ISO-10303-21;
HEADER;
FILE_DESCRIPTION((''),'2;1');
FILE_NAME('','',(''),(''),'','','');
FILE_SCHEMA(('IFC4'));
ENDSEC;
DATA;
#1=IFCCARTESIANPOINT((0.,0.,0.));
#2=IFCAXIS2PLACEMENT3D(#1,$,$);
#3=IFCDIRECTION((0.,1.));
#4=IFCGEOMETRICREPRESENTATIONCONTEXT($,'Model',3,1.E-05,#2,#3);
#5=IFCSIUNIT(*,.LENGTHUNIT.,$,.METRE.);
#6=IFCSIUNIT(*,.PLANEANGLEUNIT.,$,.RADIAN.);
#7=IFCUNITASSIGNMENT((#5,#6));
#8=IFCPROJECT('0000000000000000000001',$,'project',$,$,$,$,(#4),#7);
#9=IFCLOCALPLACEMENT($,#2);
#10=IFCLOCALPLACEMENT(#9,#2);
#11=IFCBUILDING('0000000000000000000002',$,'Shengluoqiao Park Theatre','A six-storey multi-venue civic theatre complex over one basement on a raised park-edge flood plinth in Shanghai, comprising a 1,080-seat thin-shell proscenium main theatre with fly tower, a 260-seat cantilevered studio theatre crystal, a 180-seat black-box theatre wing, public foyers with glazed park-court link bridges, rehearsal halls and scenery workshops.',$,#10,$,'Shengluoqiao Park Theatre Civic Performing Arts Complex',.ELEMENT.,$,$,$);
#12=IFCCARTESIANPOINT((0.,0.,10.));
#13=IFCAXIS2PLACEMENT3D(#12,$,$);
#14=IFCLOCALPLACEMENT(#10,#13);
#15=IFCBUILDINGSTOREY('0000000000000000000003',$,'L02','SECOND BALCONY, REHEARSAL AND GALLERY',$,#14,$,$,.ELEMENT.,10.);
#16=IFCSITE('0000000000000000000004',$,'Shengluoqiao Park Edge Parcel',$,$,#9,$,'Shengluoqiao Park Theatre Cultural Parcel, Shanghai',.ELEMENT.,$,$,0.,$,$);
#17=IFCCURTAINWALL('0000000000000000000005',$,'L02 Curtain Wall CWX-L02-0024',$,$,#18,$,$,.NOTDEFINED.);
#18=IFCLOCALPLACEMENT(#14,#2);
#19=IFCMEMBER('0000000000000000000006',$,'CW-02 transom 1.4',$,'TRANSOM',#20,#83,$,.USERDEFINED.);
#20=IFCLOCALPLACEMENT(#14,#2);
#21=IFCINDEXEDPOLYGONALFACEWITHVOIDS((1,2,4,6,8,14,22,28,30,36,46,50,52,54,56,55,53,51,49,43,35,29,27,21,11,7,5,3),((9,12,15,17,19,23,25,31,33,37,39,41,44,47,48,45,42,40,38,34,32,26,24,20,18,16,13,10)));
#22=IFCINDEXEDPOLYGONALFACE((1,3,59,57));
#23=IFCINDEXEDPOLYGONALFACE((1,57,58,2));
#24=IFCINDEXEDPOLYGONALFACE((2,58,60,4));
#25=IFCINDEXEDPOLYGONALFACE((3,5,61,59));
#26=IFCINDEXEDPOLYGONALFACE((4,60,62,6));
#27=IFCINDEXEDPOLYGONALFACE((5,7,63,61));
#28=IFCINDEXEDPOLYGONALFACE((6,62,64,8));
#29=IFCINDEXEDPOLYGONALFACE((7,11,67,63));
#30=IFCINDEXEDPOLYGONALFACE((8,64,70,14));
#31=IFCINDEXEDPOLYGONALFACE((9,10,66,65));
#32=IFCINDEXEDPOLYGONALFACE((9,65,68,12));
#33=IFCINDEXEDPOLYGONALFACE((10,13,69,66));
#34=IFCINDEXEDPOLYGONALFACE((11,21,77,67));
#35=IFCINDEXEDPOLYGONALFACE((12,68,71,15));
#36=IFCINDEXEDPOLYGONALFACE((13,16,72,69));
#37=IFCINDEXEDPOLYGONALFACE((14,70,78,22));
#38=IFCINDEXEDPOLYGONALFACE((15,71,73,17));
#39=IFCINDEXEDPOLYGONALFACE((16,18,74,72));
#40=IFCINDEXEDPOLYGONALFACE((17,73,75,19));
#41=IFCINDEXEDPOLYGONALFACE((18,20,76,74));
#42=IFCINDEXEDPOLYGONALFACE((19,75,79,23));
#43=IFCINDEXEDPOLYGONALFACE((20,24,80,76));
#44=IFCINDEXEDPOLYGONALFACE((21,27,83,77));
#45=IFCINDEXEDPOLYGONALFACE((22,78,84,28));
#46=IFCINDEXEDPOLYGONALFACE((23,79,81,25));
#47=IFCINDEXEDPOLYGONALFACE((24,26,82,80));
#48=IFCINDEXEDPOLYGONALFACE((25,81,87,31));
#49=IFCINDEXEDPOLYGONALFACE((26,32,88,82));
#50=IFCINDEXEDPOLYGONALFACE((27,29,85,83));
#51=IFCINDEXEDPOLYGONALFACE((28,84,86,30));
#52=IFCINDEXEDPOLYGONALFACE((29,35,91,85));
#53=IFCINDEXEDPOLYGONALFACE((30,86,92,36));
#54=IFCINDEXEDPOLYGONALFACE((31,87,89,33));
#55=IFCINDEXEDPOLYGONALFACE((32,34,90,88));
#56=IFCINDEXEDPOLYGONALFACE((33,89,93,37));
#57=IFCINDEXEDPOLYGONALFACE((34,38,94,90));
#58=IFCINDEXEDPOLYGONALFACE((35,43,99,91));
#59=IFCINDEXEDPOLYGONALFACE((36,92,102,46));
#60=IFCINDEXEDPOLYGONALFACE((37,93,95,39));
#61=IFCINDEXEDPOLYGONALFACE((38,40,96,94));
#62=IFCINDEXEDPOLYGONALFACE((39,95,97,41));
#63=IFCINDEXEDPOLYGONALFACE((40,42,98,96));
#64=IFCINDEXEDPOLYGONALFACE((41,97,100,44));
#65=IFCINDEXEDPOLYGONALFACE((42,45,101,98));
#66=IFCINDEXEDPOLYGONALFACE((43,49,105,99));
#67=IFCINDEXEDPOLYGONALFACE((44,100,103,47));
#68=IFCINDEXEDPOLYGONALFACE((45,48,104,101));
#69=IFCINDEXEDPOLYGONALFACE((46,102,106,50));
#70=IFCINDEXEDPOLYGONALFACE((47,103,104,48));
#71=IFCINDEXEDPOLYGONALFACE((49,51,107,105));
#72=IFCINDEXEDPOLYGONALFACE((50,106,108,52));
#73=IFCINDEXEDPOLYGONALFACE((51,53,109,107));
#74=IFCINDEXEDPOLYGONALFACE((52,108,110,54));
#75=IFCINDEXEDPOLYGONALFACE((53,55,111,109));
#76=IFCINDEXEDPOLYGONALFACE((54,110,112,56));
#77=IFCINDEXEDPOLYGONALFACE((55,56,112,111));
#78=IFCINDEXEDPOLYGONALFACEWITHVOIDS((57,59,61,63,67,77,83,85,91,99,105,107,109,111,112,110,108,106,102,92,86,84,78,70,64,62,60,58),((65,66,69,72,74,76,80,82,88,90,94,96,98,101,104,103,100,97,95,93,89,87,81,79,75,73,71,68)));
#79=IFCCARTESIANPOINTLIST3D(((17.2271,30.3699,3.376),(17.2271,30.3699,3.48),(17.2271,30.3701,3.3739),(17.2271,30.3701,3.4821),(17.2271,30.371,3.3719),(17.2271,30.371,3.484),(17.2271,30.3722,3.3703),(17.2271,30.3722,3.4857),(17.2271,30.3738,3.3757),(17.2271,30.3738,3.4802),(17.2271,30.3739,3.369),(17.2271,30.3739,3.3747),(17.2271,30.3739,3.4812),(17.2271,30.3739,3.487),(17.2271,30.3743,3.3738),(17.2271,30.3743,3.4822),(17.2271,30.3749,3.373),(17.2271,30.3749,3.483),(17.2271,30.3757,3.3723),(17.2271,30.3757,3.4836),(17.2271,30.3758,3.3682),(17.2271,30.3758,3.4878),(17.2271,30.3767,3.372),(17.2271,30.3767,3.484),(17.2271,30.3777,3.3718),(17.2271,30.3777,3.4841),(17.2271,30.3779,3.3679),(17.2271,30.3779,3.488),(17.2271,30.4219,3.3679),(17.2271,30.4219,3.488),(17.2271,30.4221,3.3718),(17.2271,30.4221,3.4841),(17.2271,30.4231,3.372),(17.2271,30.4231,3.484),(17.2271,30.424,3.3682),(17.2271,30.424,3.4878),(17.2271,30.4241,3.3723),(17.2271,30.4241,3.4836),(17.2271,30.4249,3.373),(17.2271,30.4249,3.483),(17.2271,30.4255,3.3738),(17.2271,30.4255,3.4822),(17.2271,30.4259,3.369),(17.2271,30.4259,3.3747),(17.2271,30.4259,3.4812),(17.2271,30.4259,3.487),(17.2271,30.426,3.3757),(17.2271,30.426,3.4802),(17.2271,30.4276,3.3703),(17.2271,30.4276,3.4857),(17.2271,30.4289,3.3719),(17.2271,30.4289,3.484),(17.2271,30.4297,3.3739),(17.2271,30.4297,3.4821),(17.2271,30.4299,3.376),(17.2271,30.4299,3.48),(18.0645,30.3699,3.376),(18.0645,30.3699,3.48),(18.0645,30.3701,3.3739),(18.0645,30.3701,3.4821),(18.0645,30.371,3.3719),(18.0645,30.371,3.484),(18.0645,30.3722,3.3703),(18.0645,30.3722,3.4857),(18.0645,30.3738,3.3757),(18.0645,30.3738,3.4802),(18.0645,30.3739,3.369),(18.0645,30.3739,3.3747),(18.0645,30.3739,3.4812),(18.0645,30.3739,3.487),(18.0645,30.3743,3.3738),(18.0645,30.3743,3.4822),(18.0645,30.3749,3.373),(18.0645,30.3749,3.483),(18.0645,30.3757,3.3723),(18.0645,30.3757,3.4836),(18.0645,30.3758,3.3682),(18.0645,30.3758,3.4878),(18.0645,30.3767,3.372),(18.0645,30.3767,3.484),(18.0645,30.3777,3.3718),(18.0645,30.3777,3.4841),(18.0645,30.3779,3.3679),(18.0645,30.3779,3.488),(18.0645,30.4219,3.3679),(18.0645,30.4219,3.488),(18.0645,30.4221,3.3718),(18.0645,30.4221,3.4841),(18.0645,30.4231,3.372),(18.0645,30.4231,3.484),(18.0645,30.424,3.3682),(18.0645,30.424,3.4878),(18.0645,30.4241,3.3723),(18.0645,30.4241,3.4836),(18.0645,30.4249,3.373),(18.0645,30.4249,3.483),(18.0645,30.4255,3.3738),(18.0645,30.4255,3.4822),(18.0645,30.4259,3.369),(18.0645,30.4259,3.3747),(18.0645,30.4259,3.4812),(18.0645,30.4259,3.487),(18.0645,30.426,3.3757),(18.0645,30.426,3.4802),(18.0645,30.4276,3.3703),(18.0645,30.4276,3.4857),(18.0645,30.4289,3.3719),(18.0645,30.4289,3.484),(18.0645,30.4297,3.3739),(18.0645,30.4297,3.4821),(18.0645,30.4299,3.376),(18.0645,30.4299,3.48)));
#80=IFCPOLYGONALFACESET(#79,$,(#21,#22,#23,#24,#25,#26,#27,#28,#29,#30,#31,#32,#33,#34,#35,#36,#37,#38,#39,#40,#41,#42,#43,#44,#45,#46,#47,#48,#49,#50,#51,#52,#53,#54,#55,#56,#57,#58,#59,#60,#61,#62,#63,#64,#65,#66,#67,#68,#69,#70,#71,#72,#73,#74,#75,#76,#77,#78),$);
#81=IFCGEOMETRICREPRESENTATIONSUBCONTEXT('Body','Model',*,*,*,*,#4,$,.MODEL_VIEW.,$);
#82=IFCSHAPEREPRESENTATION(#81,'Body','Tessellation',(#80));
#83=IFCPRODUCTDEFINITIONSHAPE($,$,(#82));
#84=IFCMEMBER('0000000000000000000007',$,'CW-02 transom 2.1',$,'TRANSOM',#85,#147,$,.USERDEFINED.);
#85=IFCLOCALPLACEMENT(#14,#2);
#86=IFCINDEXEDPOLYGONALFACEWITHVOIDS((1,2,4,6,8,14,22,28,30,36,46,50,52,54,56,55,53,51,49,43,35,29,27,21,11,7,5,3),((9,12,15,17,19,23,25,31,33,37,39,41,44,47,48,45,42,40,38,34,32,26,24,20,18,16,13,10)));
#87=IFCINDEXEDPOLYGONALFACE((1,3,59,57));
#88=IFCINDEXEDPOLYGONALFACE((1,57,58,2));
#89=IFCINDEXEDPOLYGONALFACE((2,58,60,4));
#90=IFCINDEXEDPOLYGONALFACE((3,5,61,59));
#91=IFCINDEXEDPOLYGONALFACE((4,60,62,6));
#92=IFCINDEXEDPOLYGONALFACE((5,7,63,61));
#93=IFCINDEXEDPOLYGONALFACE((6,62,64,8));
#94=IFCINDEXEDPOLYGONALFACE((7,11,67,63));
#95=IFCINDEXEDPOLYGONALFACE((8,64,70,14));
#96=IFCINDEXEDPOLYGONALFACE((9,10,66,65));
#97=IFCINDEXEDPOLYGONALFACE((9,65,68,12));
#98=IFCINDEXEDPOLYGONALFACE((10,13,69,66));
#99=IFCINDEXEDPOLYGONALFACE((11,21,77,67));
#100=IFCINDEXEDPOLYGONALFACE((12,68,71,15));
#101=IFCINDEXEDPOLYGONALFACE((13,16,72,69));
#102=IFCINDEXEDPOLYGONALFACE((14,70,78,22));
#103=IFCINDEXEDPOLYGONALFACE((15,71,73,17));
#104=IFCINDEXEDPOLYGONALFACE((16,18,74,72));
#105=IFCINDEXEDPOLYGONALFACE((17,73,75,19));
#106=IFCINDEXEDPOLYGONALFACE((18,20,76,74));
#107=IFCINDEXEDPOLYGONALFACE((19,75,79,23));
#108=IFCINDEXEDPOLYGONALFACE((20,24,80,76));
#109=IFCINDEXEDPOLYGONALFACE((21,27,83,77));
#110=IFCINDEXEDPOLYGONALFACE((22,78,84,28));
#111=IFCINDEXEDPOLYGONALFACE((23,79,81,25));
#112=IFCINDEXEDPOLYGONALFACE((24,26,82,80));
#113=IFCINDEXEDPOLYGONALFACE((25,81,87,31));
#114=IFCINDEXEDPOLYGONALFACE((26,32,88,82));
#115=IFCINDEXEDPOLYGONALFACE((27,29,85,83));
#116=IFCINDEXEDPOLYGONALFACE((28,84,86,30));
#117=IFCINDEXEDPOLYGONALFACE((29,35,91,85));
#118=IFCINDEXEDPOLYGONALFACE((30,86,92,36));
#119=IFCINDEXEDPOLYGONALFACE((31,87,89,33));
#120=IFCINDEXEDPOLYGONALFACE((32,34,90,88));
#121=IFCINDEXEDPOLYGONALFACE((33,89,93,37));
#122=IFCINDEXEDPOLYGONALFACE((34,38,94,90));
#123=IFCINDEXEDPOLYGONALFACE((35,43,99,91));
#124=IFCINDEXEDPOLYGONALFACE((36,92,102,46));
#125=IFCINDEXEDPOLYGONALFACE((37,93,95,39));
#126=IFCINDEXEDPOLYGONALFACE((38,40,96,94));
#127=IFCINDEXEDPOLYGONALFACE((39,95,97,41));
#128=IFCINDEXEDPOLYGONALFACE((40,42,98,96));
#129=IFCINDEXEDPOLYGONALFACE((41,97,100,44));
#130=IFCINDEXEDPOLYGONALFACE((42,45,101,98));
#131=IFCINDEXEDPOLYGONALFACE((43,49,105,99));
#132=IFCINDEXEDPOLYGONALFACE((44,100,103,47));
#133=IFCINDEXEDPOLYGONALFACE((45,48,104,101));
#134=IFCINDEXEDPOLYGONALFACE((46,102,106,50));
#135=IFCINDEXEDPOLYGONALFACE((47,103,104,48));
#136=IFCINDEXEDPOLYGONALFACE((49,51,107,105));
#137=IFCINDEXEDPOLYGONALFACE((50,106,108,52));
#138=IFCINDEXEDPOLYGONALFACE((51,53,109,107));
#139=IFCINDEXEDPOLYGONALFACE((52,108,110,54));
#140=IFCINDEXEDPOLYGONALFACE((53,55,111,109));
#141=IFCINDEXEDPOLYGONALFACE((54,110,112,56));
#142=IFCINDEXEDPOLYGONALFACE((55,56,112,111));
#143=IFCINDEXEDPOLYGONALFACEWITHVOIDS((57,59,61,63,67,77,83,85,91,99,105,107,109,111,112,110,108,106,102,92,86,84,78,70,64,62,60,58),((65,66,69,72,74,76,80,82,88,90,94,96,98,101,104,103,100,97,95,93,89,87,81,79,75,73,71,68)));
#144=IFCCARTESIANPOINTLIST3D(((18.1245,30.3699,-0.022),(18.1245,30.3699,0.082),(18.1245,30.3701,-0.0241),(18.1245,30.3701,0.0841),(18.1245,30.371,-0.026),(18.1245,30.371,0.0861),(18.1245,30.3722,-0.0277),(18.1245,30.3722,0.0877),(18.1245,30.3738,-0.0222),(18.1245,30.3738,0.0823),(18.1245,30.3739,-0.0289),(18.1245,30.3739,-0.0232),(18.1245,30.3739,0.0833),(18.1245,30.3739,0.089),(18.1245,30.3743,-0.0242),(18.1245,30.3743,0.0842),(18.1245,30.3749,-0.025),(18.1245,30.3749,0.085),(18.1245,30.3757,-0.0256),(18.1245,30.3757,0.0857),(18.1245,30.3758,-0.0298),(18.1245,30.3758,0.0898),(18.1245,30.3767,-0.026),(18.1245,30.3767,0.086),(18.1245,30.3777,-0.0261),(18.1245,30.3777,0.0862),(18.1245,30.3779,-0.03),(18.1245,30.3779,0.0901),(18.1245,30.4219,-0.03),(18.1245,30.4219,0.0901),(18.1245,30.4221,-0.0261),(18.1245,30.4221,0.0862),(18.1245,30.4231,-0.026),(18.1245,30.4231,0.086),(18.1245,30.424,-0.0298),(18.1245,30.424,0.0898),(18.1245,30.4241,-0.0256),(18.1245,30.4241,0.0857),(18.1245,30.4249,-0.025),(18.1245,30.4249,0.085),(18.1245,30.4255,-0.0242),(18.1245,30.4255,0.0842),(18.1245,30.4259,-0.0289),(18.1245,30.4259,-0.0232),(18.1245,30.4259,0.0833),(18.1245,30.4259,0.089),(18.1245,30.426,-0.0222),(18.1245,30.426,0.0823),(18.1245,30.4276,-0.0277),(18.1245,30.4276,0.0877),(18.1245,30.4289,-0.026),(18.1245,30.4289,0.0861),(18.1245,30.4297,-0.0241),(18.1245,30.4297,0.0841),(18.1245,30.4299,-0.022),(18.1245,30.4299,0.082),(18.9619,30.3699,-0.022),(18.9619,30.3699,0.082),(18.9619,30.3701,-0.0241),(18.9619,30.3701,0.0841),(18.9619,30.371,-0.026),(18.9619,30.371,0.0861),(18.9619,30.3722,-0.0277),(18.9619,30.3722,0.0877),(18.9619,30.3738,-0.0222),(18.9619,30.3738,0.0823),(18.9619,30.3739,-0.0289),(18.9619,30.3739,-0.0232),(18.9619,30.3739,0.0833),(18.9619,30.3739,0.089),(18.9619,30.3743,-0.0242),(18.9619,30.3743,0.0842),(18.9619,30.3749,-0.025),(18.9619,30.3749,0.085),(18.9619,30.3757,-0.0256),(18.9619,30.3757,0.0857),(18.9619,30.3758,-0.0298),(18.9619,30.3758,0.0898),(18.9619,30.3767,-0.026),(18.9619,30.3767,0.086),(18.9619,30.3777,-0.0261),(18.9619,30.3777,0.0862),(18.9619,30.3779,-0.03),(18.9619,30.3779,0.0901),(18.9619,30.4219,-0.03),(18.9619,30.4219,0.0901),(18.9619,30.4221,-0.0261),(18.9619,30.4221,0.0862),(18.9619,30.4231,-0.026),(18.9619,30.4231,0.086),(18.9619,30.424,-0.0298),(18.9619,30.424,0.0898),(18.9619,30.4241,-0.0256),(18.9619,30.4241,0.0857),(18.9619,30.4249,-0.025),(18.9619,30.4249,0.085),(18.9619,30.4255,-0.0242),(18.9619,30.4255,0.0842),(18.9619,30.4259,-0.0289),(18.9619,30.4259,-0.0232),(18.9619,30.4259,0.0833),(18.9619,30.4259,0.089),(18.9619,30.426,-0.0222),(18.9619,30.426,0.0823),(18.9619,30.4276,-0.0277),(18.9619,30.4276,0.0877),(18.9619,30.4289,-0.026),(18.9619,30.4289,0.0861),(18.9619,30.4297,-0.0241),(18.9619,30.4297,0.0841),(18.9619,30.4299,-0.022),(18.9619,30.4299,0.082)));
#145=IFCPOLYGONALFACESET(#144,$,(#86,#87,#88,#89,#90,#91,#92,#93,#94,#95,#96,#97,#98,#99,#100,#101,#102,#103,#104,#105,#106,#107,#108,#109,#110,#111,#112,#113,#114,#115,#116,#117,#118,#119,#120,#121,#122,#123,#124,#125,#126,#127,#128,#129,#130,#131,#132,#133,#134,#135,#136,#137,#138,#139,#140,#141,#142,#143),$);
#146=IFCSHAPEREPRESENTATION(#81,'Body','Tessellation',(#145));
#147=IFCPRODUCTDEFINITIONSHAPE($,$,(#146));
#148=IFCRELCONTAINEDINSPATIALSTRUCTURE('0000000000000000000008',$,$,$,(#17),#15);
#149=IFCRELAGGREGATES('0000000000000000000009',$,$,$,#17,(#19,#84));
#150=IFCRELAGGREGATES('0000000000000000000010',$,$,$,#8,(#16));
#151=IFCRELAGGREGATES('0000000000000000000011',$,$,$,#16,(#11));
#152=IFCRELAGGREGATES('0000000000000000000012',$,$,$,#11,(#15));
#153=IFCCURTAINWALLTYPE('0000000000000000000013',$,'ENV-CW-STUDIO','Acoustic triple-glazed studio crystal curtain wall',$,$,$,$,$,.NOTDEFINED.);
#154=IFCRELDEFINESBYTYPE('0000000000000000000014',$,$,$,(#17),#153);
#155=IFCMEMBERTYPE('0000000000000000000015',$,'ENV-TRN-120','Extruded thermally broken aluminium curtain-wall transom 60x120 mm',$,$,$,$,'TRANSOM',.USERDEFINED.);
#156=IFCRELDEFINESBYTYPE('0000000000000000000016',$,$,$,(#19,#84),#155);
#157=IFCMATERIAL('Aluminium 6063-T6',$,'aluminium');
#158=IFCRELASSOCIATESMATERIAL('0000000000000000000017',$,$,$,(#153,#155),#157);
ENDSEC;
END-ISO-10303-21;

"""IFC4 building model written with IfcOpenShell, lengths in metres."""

from ifc_helpers import new_model, si_unit, direction, frame, origin, origin_2d, place, context, subcontext, project, spatial, hollow_rectangle, extrude, material, material_profile, profile_set, type_object, element, aggregate, save


model = new_model("IFC4")

# Units and contexts
model_context = context("Model", 3, precision=1e-05, world=origin(), true_north=direction((0.0, 1.0)))
body_context = subcontext(model_context, "Body", "Model", "MODEL_VIEW")
ifc_project = project(units=[si_unit("LENGTHUNIT", "METRE"), si_unit("PLANEANGLEUNIT", "RADIAN")], contexts=[model_context])

# Site, building, storey
site_placement = place(None, origin())
site = spatial("IfcSite", under=ifc_project, at=site_placement, Name="Shengluoqiao Park Edge Parcel", LongName="Shengluoqiao Park Theatre Cultural Parcel, Shanghai", CompositionType="ELEMENT", RefElevation=0.0)
building_placement = place(site_placement, origin())
building = spatial("IfcBuilding", under=site, at=building_placement, Name="Shengluoqiao Park Theatre", Description="A six-storey multi-venue civic theatre complex over one basement on a raised park-edge flood plinth in Shanghai, comprising a 1,080-seat thin-shell proscenium main theatre with fly tower, a 260-seat cantilevered studio theatre crystal, a 180-seat black-box theatre wing, public foyers with glazed park-court link bridges, rehearsal halls and scenery workshops.", LongName="Shengluoqiao Park Theatre Civic Performing Arts Complex", CompositionType="ELEMENT")
storey_placement = place(building_placement, frame((0.0, 0.0, 10.0)))
storey = spatial("IfcBuildingStorey", under=building, at=storey_placement, Name="L02", Description="SECOND BALCONY, REHEARSAL AND GALLERY", CompositionType="ELEMENT", Elevation=10.0)

# Shared definitions
ifc_material_1 = material(Name="Aluminium 6063-T6", Category="aluminium")
curtain_wall_type = type_object("IfcCurtainWallType", Name="ENV-CW-STUDIO", Description="Acoustic triple-glazed studio crystal curtain wall", PredefinedType="NOTDEFINED", material=ifc_material_1)

# Curtain wall
curtain_wall_1_placement = place(storey_placement, origin())
curtain_wall_1 = element("IfcCurtainWall", 1, at=curtain_wall_1_placement, inside=storey, type_object=curtain_wall_type, Name="L02 Curtain Wall CWX-L02-0024", PredefinedType="NOTDEFINED")

# Members
ifc_material_profile_1 = material_profile(ifc_material_1, hollow_rectangle(XDim=0.0601, YDim=0.1201, WallThickness=0.0039, InnerFilletRadius=0.0039, OuterFilletRadius=0.0081, at=origin_2d()), Name="ALU TRANSOM 120x60x4")
ifc_profile_set_1 = profile_set([ifc_material_profile_1], Name="Aluminium 6063-T6")
member_type_1 = type_object("IfcMemberType", Name="ENV-TRN-120", Description="Extruded thermally broken aluminium curtain-wall transom 60x120 mm", ElementType="TRANSOM", PredefinedType="USERDEFINED", material=ifc_profile_set_1)
member_1_placement = place(storey_placement, frame((17.2271, 30.3999, 3.428), z_axis=(1.0, 0.0, 0.0), x_axis=(0.0, 1.0, 0.0)))
member_1 = element("IfcMember", 2, at=member_1_placement, type_object=member_type_1, Name="CW-02 transom 1.4", ObjectType="TRANSOM", PredefinedType="USERDEFINED", context=body_context, shape_type="SweptSolid", body=[
    extrude(hollow_rectangle(XDim=0.0601, YDim=0.1201, WallThickness=0.0039, InnerFilletRadius=0.0039, OuterFilletRadius=0.0081, at=origin_2d()), origin(), (0.0, 0.0, 1.0), 0.8374),
])
member_2_placement = place(storey_placement, frame((18.1245, 30.3999, 0.03), z_axis=(1.0, 0.0, 0.0), x_axis=(0.0, 1.0, 0.0)))
member_2 = element("IfcMember", 3, at=member_2_placement, type_object=member_type_1, Name="CW-02 transom 2.1", ObjectType="TRANSOM", PredefinedType="USERDEFINED", context=body_context, shape_type="SweptSolid", body=[
    extrude(hollow_rectangle(XDim=0.0601, YDim=0.1201, WallThickness=0.0039, InnerFilletRadius=0.0039, OuterFilletRadius=0.0081, at=origin_2d()), origin(), (0.0, 0.0, 1.0), 0.8374),
])

aggregate(curtain_wall_1, [member_1, member_2])

save(model, "model.ifc")
